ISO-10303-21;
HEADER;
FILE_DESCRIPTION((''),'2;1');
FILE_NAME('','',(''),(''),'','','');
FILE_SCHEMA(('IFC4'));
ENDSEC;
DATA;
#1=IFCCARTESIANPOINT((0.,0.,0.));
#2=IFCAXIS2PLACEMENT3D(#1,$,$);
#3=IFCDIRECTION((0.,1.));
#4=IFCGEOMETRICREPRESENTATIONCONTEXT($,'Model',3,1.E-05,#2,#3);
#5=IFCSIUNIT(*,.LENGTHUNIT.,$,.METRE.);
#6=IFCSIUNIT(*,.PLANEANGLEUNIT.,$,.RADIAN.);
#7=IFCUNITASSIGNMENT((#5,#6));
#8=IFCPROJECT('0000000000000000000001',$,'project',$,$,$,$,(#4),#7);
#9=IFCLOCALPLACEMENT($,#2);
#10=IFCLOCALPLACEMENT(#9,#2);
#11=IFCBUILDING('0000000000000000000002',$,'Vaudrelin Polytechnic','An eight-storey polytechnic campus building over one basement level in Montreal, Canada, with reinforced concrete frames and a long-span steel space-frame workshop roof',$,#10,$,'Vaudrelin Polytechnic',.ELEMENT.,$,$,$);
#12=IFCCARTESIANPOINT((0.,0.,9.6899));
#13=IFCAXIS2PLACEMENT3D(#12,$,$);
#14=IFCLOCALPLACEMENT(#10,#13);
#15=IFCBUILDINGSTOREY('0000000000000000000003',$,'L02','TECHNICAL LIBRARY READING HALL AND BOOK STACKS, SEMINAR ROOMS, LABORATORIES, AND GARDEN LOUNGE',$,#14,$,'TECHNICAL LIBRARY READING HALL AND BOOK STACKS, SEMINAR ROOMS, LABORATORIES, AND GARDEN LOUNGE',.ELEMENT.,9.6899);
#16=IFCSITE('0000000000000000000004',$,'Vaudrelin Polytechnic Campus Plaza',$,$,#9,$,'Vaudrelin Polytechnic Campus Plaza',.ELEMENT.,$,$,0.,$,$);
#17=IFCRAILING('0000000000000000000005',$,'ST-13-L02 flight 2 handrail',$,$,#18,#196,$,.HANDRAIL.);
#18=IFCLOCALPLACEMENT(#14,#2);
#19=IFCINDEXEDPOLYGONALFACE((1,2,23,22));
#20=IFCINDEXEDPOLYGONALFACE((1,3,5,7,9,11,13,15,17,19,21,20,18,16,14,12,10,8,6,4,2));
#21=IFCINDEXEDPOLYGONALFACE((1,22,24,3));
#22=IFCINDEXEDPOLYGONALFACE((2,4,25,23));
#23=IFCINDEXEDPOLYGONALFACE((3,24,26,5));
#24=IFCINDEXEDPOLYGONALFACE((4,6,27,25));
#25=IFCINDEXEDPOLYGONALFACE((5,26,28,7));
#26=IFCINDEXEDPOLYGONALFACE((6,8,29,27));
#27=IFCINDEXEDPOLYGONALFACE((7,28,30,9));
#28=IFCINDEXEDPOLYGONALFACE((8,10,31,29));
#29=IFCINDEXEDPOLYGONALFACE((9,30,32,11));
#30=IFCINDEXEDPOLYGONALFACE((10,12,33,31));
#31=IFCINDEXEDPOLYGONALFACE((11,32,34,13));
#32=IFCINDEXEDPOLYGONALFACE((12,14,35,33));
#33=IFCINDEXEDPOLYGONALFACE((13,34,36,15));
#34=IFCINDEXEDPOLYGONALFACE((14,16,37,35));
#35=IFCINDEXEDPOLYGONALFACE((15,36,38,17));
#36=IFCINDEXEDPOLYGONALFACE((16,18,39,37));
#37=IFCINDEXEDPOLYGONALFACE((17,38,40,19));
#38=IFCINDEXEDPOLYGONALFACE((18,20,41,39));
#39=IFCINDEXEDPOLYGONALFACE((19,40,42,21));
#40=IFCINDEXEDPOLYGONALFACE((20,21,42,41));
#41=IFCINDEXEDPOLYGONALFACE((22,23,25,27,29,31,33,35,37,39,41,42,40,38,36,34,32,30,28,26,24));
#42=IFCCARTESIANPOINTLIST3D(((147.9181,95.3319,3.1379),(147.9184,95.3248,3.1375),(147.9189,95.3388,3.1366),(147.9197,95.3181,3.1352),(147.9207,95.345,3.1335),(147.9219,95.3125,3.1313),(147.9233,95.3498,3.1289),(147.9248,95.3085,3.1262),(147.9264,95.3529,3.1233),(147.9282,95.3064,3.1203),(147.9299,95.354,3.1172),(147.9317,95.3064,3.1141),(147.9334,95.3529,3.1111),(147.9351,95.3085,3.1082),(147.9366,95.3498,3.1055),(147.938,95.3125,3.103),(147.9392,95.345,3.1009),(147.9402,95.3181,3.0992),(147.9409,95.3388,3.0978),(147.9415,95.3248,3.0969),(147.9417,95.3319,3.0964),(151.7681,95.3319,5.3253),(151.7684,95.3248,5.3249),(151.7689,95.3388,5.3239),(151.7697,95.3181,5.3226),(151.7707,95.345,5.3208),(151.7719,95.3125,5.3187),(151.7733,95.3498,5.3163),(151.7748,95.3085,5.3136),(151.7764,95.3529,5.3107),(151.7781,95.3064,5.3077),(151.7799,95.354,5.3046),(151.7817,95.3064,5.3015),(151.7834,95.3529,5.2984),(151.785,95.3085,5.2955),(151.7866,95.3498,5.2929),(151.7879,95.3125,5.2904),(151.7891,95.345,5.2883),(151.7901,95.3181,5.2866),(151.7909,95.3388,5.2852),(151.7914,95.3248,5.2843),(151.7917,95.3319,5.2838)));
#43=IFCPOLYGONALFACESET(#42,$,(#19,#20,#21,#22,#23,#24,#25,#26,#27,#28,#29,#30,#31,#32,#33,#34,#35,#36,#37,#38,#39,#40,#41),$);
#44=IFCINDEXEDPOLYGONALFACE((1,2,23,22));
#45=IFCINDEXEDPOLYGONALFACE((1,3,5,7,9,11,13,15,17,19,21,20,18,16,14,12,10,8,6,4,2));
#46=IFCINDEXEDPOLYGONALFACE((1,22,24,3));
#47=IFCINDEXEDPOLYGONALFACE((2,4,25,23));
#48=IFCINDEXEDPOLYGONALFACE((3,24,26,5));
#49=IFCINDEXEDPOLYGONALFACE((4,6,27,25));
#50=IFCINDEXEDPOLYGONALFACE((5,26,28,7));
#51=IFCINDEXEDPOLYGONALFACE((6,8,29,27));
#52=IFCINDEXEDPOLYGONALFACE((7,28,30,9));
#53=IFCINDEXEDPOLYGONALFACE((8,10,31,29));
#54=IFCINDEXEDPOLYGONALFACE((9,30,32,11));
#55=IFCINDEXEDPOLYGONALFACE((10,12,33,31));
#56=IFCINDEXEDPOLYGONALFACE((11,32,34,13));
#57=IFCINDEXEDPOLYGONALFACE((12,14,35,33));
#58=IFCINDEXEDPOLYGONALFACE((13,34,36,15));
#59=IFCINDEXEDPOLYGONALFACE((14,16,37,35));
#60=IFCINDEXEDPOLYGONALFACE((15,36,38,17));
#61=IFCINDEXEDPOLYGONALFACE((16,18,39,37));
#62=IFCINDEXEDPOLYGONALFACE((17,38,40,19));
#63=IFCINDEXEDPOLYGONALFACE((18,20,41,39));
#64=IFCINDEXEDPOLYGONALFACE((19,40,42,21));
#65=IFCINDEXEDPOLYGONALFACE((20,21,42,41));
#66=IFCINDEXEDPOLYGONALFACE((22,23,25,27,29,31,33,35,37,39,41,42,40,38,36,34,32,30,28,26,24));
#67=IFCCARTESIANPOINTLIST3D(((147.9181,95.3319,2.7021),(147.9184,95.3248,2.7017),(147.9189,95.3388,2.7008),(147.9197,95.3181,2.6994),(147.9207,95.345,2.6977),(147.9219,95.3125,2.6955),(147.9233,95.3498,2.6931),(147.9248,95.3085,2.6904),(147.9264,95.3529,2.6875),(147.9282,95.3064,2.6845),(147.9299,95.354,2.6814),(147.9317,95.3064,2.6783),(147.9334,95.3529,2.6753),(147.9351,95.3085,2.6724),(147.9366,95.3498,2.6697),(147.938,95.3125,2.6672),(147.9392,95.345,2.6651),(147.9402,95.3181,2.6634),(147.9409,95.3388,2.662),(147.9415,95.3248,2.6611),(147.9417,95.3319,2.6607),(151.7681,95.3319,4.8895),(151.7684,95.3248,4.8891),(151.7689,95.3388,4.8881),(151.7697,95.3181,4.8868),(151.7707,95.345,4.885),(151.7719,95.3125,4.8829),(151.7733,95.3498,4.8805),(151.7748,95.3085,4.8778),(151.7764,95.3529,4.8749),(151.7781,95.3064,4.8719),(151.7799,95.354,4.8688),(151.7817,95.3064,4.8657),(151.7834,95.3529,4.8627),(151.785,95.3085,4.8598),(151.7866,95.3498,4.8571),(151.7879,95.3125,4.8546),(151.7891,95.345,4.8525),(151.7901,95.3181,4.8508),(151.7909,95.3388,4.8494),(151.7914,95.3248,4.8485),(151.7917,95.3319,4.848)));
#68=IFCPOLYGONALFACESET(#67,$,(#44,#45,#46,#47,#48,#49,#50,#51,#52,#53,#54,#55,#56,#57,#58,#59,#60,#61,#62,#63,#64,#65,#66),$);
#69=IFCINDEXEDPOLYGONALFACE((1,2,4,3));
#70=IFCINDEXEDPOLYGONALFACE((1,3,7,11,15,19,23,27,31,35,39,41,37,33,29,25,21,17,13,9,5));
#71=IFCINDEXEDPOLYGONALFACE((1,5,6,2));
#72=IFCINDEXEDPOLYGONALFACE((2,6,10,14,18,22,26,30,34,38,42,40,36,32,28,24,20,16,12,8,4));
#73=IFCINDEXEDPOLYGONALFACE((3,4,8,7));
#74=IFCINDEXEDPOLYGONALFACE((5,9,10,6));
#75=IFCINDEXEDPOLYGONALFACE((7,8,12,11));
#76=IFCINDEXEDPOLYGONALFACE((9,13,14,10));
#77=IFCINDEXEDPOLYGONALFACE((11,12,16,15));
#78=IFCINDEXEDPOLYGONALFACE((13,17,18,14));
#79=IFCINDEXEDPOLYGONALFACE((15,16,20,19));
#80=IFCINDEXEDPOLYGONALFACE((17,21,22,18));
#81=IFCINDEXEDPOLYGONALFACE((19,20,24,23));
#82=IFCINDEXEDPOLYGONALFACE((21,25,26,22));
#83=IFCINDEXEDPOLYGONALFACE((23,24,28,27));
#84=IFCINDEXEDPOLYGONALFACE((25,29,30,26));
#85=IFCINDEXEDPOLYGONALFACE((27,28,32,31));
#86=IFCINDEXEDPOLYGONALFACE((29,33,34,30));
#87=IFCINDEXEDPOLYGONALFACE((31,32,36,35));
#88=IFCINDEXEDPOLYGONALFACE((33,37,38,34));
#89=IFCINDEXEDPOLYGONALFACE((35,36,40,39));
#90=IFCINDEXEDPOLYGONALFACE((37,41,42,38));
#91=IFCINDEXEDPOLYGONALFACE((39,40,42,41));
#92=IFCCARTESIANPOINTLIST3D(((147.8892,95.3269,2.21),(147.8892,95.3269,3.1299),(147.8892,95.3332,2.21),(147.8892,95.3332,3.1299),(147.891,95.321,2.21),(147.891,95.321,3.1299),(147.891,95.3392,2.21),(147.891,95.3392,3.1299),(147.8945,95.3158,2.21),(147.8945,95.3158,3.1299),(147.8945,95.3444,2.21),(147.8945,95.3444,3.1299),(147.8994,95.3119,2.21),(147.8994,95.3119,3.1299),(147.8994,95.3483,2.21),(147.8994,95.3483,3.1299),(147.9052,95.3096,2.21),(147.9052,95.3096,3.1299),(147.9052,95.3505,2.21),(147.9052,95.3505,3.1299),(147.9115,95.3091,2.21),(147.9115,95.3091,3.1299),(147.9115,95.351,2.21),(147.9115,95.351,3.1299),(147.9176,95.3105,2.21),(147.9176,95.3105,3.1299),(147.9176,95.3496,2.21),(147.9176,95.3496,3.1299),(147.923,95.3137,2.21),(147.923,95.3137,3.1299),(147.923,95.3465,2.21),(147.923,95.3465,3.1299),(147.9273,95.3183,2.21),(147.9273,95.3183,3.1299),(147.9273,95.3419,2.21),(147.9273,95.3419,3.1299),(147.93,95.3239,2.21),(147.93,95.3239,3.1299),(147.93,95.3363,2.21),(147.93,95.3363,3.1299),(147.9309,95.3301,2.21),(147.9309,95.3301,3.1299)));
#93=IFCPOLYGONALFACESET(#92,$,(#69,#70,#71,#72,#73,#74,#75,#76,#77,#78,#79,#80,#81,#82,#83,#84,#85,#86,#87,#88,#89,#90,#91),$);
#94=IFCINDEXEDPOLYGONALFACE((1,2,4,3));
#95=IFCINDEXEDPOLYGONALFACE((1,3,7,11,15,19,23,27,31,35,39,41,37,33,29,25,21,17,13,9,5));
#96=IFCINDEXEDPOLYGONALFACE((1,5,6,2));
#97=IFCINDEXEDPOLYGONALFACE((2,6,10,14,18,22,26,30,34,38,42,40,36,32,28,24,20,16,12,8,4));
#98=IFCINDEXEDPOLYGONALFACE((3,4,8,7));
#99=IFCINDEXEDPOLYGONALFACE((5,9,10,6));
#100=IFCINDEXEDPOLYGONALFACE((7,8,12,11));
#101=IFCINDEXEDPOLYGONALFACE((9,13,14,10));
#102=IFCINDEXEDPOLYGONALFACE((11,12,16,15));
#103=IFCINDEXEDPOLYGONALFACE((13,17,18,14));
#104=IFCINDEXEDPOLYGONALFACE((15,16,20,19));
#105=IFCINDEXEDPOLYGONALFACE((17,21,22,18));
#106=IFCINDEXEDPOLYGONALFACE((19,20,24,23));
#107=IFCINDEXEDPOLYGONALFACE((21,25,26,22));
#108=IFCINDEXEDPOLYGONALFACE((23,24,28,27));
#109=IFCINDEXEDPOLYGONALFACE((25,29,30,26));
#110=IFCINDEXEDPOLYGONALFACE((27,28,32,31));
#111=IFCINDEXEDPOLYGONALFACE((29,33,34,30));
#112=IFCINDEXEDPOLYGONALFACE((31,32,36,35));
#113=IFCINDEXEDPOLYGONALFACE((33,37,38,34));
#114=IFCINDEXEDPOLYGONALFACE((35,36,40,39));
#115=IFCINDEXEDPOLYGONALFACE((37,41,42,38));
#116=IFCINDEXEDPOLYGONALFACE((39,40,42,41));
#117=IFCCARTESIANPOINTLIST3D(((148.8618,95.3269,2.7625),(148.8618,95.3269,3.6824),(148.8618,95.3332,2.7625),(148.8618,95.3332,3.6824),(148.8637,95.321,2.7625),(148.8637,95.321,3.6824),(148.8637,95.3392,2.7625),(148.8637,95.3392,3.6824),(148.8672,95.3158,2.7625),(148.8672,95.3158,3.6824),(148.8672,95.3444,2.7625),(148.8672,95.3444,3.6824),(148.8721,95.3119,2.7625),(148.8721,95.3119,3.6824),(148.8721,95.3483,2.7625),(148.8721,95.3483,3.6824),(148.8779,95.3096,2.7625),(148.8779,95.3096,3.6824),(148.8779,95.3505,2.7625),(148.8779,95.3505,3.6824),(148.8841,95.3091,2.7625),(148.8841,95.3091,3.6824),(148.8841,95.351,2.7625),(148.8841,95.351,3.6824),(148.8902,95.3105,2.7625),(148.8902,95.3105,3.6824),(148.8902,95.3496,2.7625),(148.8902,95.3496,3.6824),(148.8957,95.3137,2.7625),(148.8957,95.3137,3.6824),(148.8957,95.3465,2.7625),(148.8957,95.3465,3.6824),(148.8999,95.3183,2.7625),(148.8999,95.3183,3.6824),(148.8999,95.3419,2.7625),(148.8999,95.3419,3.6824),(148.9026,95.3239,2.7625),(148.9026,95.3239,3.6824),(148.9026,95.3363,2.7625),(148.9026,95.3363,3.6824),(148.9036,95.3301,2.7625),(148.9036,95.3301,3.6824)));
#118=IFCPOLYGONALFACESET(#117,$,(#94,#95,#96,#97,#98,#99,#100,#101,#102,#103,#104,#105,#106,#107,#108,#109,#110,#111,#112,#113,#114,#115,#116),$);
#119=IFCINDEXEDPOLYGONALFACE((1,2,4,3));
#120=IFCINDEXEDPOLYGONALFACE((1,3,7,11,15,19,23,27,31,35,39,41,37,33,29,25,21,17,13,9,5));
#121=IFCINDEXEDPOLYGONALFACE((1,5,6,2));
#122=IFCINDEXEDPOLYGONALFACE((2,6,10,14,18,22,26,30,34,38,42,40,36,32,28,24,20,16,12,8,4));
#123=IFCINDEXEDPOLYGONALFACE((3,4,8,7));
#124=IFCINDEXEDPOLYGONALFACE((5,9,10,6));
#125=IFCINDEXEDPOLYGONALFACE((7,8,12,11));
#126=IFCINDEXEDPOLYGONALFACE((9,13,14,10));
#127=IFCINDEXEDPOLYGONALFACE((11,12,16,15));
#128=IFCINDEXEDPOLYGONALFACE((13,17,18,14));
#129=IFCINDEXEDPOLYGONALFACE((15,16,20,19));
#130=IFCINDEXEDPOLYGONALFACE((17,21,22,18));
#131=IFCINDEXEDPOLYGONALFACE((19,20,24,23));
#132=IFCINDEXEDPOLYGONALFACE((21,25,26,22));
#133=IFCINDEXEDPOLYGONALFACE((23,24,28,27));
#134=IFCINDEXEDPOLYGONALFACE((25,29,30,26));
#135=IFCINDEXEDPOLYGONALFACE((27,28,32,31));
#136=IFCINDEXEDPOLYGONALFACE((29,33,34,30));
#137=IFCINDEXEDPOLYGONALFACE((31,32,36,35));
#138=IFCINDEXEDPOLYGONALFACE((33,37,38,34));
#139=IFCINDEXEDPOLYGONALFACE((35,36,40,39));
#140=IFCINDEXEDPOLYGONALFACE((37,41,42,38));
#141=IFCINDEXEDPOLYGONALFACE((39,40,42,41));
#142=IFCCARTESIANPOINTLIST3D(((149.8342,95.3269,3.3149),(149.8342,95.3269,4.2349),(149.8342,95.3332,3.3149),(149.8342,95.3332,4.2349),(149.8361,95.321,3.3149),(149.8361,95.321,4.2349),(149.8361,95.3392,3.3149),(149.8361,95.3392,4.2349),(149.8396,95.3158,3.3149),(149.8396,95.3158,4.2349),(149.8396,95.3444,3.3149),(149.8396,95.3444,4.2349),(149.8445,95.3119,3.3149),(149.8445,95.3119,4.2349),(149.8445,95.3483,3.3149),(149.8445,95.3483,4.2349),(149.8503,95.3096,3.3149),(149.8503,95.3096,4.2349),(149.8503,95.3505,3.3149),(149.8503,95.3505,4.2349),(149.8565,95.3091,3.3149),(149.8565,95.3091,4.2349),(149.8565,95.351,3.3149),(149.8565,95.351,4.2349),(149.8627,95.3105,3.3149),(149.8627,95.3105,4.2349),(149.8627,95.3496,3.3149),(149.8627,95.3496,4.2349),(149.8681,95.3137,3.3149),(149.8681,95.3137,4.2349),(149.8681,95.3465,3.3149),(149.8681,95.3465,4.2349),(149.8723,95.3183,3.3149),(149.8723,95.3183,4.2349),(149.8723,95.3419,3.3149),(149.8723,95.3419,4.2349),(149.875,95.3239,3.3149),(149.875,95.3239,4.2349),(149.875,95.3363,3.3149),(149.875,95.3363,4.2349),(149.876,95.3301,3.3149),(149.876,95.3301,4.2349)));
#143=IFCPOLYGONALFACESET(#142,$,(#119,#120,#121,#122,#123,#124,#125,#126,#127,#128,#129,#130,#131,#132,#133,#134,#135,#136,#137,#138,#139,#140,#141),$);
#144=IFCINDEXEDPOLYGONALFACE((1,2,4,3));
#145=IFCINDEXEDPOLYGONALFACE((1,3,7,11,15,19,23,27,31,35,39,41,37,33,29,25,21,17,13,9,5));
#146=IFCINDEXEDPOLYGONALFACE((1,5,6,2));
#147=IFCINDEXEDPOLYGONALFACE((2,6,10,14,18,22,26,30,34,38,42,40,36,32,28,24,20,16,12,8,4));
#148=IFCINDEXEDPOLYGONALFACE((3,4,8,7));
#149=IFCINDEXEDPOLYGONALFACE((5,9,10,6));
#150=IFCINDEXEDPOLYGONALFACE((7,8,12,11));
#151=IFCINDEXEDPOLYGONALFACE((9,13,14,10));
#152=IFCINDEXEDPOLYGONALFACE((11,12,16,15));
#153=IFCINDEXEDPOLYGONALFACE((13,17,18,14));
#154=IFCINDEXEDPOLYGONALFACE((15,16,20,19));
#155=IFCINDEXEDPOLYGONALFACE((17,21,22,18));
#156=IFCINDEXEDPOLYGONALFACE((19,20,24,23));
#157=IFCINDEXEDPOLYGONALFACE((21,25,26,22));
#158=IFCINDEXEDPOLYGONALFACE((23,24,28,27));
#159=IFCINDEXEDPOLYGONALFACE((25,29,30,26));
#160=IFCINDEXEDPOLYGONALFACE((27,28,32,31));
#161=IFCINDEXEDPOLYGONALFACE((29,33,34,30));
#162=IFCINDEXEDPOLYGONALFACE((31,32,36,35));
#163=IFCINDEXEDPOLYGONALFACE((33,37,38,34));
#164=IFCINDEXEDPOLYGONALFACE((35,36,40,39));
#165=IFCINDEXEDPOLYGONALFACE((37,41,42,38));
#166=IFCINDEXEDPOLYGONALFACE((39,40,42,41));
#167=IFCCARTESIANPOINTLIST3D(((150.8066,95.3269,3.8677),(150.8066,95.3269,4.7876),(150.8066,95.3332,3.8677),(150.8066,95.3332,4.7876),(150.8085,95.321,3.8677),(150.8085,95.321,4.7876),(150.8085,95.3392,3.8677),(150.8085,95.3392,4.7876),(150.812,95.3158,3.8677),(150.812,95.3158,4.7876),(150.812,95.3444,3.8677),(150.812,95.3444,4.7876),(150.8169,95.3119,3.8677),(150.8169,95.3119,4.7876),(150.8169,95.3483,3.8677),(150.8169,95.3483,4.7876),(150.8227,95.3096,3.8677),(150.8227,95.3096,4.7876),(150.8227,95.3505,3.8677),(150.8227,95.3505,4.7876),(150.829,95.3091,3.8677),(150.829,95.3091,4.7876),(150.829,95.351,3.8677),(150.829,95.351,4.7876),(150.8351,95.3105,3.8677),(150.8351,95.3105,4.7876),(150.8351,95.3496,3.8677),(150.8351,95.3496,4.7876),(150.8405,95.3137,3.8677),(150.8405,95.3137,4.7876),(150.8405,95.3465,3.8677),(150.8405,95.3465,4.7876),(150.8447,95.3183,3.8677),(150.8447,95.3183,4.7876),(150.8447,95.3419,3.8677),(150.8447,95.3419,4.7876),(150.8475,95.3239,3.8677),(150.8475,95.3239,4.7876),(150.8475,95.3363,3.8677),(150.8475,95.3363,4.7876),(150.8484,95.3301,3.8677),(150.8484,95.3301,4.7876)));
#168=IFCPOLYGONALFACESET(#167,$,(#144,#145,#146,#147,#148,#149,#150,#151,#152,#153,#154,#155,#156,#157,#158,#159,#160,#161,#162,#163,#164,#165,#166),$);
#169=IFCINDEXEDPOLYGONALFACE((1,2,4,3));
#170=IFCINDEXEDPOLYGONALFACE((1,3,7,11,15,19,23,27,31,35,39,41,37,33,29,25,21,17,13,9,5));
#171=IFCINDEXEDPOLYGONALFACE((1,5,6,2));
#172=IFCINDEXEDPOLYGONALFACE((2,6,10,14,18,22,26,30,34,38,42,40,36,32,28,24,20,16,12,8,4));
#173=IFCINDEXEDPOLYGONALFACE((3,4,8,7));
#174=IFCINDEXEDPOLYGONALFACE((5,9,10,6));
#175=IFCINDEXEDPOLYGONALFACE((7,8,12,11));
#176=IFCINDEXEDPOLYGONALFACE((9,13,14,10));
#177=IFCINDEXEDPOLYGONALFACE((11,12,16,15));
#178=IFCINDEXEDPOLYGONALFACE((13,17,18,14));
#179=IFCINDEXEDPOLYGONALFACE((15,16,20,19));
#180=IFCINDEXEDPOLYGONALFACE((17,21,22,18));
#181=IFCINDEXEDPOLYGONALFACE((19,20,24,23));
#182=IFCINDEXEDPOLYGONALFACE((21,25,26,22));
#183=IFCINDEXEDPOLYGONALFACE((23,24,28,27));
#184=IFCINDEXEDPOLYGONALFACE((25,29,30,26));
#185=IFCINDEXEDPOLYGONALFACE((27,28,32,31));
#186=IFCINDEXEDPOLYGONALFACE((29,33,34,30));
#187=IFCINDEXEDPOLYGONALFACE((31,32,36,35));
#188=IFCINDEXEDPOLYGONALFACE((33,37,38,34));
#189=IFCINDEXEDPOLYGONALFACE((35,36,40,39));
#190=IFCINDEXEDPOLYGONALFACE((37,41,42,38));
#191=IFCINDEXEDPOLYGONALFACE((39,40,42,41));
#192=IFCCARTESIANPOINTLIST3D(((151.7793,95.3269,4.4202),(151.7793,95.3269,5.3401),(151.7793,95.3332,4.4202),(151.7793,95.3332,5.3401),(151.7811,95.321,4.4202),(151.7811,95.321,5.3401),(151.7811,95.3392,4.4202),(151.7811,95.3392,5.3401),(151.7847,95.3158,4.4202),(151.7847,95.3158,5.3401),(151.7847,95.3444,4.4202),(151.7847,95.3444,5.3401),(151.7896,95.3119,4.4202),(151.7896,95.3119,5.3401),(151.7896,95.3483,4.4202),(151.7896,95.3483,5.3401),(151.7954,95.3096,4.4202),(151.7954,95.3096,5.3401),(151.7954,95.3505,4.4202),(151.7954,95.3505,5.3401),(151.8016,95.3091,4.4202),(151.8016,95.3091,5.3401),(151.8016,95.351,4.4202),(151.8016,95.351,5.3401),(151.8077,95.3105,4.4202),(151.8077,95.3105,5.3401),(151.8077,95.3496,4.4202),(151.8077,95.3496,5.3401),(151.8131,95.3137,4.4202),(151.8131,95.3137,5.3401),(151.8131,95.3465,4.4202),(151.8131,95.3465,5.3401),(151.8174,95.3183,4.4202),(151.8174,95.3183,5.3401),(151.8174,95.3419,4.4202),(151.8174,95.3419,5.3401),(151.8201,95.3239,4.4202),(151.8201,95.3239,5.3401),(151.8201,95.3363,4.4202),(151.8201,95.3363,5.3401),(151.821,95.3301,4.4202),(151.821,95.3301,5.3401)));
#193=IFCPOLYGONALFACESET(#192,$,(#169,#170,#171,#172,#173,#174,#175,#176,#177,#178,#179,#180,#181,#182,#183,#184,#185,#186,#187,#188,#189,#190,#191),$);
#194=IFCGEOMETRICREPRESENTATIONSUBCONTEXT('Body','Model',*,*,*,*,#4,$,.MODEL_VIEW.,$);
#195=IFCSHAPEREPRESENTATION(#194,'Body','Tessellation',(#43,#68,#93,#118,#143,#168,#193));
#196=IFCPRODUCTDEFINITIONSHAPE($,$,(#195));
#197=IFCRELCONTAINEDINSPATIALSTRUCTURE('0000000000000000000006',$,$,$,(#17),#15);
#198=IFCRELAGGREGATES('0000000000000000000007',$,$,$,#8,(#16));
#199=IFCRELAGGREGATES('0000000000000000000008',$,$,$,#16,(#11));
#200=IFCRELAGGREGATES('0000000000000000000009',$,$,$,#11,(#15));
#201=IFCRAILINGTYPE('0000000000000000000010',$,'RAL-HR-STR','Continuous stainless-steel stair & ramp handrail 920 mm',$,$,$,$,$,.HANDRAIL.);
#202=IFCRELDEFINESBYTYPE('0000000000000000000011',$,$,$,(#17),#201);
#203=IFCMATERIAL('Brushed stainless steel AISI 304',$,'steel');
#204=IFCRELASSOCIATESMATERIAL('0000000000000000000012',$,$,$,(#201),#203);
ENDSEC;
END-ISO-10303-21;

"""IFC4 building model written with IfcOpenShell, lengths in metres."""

from ifc_helpers import new_model, si_unit, direction, frame, origin, origin_2d, place, context, subcontext, project, spatial, circle, extrude, material, type_object, element, save


model = new_model("IFC4")

# Units and contexts
model_context = context("Model", 3, precision=1e-05, world=origin(), true_north=direction((0.0, 1.0)))
body_context = subcontext(model_context, "Body", "Model", "MODEL_VIEW")
ifc_project = project(units=[si_unit("LENGTHUNIT", "METRE"), si_unit("PLANEANGLEUNIT", "RADIAN")], contexts=[model_context])

# Site, building, storey
site_placement = place(None, origin())
site = spatial("IfcSite", under=ifc_project, at=site_placement, Name="Vaudrelin Polytechnic Campus Plaza", LongName="Vaudrelin Polytechnic Campus Plaza", CompositionType="ELEMENT", RefElevation=0.0)
building_placement = place(site_placement, origin())
building = spatial("IfcBuilding", under=site, at=building_placement, Name="Vaudrelin Polytechnic", Description="An eight-storey polytechnic campus building over one basement level in Montreal, Canada, with reinforced concrete frames and a long-span steel space-frame workshop roof", LongName="Vaudrelin Polytechnic", CompositionType="ELEMENT")
storey_placement = place(building_placement, frame((0.0, 0.0, 9.6899)))
storey = spatial("IfcBuildingStorey", under=building, at=storey_placement, Name="L02", Description="TECHNICAL LIBRARY READING HALL AND BOOK STACKS, SEMINAR ROOMS, LABORATORIES, AND GARDEN LOUNGE", LongName="TECHNICAL LIBRARY READING HALL AND BOOK STACKS, SEMINAR ROOMS, LABORATORIES, AND GARDEN LOUNGE", CompositionType="ELEMENT", Elevation=9.6899)

# Shared definitions
ifc_material_1 = material(Name="Brushed stainless steel AISI 304", Category="steel")

# Railing
railing_type_1 = type_object("IfcRailingType", Name="RAL-HR-STR", Description="Continuous stainless-steel stair & ramp handrail 920 mm", PredefinedType="HANDRAIL", material=ifc_material_1)
railing_1_placement = place(storey_placement, frame((147.9099, 95.3301, 2.21)))
element("IfcRailing", 1, at=railing_1_placement, inside=storey, type_object=railing_type_1, Name="ST-13-L02 flight 2 handrail", PredefinedType="HANDRAIL", context=body_context, shape_type="SweptSolid", body=[
    extrude(circle(Radius=0.0239, at=origin_2d()), frame((0.02, 0.0, 0.9072), z_axis=(0.869466, 0.0, 0.493993), x_axis=(0.0, 1.0, 0.0)), (0.0, 0.0, 1.0), 4.428),
    extrude(circle(Radius=0.0239, at=origin_2d()), frame((0.02, 0.0, 0.4714), z_axis=(0.869466, 0.0, 0.493993), x_axis=(0.0, 1.0, 0.0)), (0.0, 0.0, 1.0), 4.428),
    extrude(circle(Radius=0.021, at=origin_2d()), origin(), (0.0, 0.0, 1.0), 0.9199),
    extrude(circle(Radius=0.021, at=origin_2d()), frame((0.9727, 0.0, 0.5525)), (0.0, 0.0, 1.0), 0.9199),
    extrude(circle(Radius=0.021, at=origin_2d()), frame((1.9451, 0.0, 1.105)), (0.0, 0.0, 1.0), 0.9199),
    extrude(circle(Radius=0.021, at=origin_2d()), frame((2.9175, 0.0, 1.6577)), (0.0, 0.0, 1.0), 0.9199),
    extrude(circle(Radius=0.021, at=origin_2d()), frame((3.8901, 0.0, 2.2102)), (0.0, 0.0, 1.0), 0.9199),
])

save(model, "model.ifc")
